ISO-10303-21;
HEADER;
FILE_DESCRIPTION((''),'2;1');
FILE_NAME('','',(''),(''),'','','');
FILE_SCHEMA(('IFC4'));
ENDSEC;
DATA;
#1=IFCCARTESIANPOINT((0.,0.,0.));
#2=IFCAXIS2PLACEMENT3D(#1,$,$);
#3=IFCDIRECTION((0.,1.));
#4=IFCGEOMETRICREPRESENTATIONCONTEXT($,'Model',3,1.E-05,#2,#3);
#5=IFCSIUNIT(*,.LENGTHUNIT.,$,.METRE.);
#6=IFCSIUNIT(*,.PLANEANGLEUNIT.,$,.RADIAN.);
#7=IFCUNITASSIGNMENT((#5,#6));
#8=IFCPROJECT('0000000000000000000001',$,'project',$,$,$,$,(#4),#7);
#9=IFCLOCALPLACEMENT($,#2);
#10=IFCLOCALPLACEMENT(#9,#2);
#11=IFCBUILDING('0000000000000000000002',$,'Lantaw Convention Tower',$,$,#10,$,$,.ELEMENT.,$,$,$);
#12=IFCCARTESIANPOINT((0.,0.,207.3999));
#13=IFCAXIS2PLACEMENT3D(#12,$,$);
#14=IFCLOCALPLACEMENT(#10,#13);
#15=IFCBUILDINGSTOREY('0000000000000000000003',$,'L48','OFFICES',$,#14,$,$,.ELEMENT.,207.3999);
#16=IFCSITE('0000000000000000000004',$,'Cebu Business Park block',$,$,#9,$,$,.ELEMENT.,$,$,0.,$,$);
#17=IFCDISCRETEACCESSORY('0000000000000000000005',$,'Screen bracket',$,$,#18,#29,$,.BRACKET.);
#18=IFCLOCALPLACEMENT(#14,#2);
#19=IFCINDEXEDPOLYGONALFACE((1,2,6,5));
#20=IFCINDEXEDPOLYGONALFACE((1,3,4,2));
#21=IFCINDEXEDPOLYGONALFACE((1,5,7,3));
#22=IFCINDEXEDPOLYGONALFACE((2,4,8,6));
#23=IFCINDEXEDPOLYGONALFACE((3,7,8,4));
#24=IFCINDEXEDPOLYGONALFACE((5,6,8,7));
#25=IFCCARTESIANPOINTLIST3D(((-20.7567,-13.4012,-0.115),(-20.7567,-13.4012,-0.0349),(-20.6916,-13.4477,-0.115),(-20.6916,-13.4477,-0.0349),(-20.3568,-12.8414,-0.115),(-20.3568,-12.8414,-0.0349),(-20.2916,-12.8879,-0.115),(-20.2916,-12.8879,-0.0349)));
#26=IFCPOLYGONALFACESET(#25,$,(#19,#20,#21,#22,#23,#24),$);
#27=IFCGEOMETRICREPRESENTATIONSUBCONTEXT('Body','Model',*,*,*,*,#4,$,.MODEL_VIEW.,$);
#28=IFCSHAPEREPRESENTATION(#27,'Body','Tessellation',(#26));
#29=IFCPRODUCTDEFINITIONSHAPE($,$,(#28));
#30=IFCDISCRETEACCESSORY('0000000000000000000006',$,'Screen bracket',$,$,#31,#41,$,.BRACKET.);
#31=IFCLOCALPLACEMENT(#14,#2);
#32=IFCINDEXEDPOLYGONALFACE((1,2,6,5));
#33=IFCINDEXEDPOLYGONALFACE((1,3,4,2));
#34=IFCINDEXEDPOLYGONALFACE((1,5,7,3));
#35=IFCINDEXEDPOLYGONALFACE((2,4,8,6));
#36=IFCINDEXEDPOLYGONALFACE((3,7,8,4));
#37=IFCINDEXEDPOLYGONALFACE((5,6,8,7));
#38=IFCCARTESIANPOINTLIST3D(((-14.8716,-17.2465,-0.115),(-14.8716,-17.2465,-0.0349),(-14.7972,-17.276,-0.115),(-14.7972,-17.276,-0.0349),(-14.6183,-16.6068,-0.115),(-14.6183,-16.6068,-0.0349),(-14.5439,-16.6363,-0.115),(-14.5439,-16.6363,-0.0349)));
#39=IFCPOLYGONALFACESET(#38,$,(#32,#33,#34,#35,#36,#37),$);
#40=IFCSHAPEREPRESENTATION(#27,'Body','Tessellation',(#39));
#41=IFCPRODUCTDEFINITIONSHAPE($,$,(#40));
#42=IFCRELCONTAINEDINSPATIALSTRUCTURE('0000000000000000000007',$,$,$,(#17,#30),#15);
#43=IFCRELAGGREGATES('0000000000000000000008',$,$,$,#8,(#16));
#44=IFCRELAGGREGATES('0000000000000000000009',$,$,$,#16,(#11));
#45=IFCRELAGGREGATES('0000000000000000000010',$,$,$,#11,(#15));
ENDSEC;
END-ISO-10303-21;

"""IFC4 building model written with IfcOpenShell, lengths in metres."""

from ifc_helpers import new_model, si_unit, direction, frame, origin, origin_2d, place, context, subcontext, project, spatial, rectangle, extrude, element, save


model = new_model("IFC4")

# Units and contexts
model_context = context("Model", 3, precision=1e-05, world=origin(), true_north=direction((0.0, 1.0)))
body_context = subcontext(model_context, "Body", "Model", "MODEL_VIEW")
ifc_project = project(units=[si_unit("LENGTHUNIT", "METRE"), si_unit("PLANEANGLEUNIT", "RADIAN")], contexts=[model_context])

# Site, building, storey
site_placement = place(None, origin())
site = spatial("IfcSite", under=ifc_project, at=site_placement, Name="Cebu Business Park block", CompositionType="ELEMENT", RefElevation=0.0)
building_placement = place(site_placement, origin())
building = spatial("IfcBuilding", under=site, at=building_placement, Name="Lantaw Convention Tower", CompositionType="ELEMENT")
storey_placement = place(building_placement, frame((0.0, 0.0, 207.3999)))
storey = spatial("IfcBuildingStorey", under=building, at=storey_placement, Name="L48", Description="OFFICES", CompositionType="ELEMENT", Elevation=207.3999)

# Discrete accessories
for number, where, z_axis, x_axis, name in (
    (1, (-20.5242, -13.1445, -0.115), (0.0, 0.0, 1.0), (0.813673, -0.581323, 0.0), "Screen bracket"),
    (2, (-14.7078, -16.9414, -0.115), (0.0, 0.0, 1.0), (0.929762, -0.368162, 0.0), "Screen bracket"),
):
    element("IfcDiscreteAccessory", number, at=place(storey_placement, frame(where, z_axis=z_axis, x_axis=x_axis)), inside=storey, Name=name, PredefinedType="BRACKET", context=body_context, shape_type="SweptSolid", body=[
        extrude(rectangle(XDim=0.0801, YDim=0.688, at=origin_2d()), origin(), (0.0, 0.0, 1.0), 0.0801),
    ])

save(model, "model.ifc")
